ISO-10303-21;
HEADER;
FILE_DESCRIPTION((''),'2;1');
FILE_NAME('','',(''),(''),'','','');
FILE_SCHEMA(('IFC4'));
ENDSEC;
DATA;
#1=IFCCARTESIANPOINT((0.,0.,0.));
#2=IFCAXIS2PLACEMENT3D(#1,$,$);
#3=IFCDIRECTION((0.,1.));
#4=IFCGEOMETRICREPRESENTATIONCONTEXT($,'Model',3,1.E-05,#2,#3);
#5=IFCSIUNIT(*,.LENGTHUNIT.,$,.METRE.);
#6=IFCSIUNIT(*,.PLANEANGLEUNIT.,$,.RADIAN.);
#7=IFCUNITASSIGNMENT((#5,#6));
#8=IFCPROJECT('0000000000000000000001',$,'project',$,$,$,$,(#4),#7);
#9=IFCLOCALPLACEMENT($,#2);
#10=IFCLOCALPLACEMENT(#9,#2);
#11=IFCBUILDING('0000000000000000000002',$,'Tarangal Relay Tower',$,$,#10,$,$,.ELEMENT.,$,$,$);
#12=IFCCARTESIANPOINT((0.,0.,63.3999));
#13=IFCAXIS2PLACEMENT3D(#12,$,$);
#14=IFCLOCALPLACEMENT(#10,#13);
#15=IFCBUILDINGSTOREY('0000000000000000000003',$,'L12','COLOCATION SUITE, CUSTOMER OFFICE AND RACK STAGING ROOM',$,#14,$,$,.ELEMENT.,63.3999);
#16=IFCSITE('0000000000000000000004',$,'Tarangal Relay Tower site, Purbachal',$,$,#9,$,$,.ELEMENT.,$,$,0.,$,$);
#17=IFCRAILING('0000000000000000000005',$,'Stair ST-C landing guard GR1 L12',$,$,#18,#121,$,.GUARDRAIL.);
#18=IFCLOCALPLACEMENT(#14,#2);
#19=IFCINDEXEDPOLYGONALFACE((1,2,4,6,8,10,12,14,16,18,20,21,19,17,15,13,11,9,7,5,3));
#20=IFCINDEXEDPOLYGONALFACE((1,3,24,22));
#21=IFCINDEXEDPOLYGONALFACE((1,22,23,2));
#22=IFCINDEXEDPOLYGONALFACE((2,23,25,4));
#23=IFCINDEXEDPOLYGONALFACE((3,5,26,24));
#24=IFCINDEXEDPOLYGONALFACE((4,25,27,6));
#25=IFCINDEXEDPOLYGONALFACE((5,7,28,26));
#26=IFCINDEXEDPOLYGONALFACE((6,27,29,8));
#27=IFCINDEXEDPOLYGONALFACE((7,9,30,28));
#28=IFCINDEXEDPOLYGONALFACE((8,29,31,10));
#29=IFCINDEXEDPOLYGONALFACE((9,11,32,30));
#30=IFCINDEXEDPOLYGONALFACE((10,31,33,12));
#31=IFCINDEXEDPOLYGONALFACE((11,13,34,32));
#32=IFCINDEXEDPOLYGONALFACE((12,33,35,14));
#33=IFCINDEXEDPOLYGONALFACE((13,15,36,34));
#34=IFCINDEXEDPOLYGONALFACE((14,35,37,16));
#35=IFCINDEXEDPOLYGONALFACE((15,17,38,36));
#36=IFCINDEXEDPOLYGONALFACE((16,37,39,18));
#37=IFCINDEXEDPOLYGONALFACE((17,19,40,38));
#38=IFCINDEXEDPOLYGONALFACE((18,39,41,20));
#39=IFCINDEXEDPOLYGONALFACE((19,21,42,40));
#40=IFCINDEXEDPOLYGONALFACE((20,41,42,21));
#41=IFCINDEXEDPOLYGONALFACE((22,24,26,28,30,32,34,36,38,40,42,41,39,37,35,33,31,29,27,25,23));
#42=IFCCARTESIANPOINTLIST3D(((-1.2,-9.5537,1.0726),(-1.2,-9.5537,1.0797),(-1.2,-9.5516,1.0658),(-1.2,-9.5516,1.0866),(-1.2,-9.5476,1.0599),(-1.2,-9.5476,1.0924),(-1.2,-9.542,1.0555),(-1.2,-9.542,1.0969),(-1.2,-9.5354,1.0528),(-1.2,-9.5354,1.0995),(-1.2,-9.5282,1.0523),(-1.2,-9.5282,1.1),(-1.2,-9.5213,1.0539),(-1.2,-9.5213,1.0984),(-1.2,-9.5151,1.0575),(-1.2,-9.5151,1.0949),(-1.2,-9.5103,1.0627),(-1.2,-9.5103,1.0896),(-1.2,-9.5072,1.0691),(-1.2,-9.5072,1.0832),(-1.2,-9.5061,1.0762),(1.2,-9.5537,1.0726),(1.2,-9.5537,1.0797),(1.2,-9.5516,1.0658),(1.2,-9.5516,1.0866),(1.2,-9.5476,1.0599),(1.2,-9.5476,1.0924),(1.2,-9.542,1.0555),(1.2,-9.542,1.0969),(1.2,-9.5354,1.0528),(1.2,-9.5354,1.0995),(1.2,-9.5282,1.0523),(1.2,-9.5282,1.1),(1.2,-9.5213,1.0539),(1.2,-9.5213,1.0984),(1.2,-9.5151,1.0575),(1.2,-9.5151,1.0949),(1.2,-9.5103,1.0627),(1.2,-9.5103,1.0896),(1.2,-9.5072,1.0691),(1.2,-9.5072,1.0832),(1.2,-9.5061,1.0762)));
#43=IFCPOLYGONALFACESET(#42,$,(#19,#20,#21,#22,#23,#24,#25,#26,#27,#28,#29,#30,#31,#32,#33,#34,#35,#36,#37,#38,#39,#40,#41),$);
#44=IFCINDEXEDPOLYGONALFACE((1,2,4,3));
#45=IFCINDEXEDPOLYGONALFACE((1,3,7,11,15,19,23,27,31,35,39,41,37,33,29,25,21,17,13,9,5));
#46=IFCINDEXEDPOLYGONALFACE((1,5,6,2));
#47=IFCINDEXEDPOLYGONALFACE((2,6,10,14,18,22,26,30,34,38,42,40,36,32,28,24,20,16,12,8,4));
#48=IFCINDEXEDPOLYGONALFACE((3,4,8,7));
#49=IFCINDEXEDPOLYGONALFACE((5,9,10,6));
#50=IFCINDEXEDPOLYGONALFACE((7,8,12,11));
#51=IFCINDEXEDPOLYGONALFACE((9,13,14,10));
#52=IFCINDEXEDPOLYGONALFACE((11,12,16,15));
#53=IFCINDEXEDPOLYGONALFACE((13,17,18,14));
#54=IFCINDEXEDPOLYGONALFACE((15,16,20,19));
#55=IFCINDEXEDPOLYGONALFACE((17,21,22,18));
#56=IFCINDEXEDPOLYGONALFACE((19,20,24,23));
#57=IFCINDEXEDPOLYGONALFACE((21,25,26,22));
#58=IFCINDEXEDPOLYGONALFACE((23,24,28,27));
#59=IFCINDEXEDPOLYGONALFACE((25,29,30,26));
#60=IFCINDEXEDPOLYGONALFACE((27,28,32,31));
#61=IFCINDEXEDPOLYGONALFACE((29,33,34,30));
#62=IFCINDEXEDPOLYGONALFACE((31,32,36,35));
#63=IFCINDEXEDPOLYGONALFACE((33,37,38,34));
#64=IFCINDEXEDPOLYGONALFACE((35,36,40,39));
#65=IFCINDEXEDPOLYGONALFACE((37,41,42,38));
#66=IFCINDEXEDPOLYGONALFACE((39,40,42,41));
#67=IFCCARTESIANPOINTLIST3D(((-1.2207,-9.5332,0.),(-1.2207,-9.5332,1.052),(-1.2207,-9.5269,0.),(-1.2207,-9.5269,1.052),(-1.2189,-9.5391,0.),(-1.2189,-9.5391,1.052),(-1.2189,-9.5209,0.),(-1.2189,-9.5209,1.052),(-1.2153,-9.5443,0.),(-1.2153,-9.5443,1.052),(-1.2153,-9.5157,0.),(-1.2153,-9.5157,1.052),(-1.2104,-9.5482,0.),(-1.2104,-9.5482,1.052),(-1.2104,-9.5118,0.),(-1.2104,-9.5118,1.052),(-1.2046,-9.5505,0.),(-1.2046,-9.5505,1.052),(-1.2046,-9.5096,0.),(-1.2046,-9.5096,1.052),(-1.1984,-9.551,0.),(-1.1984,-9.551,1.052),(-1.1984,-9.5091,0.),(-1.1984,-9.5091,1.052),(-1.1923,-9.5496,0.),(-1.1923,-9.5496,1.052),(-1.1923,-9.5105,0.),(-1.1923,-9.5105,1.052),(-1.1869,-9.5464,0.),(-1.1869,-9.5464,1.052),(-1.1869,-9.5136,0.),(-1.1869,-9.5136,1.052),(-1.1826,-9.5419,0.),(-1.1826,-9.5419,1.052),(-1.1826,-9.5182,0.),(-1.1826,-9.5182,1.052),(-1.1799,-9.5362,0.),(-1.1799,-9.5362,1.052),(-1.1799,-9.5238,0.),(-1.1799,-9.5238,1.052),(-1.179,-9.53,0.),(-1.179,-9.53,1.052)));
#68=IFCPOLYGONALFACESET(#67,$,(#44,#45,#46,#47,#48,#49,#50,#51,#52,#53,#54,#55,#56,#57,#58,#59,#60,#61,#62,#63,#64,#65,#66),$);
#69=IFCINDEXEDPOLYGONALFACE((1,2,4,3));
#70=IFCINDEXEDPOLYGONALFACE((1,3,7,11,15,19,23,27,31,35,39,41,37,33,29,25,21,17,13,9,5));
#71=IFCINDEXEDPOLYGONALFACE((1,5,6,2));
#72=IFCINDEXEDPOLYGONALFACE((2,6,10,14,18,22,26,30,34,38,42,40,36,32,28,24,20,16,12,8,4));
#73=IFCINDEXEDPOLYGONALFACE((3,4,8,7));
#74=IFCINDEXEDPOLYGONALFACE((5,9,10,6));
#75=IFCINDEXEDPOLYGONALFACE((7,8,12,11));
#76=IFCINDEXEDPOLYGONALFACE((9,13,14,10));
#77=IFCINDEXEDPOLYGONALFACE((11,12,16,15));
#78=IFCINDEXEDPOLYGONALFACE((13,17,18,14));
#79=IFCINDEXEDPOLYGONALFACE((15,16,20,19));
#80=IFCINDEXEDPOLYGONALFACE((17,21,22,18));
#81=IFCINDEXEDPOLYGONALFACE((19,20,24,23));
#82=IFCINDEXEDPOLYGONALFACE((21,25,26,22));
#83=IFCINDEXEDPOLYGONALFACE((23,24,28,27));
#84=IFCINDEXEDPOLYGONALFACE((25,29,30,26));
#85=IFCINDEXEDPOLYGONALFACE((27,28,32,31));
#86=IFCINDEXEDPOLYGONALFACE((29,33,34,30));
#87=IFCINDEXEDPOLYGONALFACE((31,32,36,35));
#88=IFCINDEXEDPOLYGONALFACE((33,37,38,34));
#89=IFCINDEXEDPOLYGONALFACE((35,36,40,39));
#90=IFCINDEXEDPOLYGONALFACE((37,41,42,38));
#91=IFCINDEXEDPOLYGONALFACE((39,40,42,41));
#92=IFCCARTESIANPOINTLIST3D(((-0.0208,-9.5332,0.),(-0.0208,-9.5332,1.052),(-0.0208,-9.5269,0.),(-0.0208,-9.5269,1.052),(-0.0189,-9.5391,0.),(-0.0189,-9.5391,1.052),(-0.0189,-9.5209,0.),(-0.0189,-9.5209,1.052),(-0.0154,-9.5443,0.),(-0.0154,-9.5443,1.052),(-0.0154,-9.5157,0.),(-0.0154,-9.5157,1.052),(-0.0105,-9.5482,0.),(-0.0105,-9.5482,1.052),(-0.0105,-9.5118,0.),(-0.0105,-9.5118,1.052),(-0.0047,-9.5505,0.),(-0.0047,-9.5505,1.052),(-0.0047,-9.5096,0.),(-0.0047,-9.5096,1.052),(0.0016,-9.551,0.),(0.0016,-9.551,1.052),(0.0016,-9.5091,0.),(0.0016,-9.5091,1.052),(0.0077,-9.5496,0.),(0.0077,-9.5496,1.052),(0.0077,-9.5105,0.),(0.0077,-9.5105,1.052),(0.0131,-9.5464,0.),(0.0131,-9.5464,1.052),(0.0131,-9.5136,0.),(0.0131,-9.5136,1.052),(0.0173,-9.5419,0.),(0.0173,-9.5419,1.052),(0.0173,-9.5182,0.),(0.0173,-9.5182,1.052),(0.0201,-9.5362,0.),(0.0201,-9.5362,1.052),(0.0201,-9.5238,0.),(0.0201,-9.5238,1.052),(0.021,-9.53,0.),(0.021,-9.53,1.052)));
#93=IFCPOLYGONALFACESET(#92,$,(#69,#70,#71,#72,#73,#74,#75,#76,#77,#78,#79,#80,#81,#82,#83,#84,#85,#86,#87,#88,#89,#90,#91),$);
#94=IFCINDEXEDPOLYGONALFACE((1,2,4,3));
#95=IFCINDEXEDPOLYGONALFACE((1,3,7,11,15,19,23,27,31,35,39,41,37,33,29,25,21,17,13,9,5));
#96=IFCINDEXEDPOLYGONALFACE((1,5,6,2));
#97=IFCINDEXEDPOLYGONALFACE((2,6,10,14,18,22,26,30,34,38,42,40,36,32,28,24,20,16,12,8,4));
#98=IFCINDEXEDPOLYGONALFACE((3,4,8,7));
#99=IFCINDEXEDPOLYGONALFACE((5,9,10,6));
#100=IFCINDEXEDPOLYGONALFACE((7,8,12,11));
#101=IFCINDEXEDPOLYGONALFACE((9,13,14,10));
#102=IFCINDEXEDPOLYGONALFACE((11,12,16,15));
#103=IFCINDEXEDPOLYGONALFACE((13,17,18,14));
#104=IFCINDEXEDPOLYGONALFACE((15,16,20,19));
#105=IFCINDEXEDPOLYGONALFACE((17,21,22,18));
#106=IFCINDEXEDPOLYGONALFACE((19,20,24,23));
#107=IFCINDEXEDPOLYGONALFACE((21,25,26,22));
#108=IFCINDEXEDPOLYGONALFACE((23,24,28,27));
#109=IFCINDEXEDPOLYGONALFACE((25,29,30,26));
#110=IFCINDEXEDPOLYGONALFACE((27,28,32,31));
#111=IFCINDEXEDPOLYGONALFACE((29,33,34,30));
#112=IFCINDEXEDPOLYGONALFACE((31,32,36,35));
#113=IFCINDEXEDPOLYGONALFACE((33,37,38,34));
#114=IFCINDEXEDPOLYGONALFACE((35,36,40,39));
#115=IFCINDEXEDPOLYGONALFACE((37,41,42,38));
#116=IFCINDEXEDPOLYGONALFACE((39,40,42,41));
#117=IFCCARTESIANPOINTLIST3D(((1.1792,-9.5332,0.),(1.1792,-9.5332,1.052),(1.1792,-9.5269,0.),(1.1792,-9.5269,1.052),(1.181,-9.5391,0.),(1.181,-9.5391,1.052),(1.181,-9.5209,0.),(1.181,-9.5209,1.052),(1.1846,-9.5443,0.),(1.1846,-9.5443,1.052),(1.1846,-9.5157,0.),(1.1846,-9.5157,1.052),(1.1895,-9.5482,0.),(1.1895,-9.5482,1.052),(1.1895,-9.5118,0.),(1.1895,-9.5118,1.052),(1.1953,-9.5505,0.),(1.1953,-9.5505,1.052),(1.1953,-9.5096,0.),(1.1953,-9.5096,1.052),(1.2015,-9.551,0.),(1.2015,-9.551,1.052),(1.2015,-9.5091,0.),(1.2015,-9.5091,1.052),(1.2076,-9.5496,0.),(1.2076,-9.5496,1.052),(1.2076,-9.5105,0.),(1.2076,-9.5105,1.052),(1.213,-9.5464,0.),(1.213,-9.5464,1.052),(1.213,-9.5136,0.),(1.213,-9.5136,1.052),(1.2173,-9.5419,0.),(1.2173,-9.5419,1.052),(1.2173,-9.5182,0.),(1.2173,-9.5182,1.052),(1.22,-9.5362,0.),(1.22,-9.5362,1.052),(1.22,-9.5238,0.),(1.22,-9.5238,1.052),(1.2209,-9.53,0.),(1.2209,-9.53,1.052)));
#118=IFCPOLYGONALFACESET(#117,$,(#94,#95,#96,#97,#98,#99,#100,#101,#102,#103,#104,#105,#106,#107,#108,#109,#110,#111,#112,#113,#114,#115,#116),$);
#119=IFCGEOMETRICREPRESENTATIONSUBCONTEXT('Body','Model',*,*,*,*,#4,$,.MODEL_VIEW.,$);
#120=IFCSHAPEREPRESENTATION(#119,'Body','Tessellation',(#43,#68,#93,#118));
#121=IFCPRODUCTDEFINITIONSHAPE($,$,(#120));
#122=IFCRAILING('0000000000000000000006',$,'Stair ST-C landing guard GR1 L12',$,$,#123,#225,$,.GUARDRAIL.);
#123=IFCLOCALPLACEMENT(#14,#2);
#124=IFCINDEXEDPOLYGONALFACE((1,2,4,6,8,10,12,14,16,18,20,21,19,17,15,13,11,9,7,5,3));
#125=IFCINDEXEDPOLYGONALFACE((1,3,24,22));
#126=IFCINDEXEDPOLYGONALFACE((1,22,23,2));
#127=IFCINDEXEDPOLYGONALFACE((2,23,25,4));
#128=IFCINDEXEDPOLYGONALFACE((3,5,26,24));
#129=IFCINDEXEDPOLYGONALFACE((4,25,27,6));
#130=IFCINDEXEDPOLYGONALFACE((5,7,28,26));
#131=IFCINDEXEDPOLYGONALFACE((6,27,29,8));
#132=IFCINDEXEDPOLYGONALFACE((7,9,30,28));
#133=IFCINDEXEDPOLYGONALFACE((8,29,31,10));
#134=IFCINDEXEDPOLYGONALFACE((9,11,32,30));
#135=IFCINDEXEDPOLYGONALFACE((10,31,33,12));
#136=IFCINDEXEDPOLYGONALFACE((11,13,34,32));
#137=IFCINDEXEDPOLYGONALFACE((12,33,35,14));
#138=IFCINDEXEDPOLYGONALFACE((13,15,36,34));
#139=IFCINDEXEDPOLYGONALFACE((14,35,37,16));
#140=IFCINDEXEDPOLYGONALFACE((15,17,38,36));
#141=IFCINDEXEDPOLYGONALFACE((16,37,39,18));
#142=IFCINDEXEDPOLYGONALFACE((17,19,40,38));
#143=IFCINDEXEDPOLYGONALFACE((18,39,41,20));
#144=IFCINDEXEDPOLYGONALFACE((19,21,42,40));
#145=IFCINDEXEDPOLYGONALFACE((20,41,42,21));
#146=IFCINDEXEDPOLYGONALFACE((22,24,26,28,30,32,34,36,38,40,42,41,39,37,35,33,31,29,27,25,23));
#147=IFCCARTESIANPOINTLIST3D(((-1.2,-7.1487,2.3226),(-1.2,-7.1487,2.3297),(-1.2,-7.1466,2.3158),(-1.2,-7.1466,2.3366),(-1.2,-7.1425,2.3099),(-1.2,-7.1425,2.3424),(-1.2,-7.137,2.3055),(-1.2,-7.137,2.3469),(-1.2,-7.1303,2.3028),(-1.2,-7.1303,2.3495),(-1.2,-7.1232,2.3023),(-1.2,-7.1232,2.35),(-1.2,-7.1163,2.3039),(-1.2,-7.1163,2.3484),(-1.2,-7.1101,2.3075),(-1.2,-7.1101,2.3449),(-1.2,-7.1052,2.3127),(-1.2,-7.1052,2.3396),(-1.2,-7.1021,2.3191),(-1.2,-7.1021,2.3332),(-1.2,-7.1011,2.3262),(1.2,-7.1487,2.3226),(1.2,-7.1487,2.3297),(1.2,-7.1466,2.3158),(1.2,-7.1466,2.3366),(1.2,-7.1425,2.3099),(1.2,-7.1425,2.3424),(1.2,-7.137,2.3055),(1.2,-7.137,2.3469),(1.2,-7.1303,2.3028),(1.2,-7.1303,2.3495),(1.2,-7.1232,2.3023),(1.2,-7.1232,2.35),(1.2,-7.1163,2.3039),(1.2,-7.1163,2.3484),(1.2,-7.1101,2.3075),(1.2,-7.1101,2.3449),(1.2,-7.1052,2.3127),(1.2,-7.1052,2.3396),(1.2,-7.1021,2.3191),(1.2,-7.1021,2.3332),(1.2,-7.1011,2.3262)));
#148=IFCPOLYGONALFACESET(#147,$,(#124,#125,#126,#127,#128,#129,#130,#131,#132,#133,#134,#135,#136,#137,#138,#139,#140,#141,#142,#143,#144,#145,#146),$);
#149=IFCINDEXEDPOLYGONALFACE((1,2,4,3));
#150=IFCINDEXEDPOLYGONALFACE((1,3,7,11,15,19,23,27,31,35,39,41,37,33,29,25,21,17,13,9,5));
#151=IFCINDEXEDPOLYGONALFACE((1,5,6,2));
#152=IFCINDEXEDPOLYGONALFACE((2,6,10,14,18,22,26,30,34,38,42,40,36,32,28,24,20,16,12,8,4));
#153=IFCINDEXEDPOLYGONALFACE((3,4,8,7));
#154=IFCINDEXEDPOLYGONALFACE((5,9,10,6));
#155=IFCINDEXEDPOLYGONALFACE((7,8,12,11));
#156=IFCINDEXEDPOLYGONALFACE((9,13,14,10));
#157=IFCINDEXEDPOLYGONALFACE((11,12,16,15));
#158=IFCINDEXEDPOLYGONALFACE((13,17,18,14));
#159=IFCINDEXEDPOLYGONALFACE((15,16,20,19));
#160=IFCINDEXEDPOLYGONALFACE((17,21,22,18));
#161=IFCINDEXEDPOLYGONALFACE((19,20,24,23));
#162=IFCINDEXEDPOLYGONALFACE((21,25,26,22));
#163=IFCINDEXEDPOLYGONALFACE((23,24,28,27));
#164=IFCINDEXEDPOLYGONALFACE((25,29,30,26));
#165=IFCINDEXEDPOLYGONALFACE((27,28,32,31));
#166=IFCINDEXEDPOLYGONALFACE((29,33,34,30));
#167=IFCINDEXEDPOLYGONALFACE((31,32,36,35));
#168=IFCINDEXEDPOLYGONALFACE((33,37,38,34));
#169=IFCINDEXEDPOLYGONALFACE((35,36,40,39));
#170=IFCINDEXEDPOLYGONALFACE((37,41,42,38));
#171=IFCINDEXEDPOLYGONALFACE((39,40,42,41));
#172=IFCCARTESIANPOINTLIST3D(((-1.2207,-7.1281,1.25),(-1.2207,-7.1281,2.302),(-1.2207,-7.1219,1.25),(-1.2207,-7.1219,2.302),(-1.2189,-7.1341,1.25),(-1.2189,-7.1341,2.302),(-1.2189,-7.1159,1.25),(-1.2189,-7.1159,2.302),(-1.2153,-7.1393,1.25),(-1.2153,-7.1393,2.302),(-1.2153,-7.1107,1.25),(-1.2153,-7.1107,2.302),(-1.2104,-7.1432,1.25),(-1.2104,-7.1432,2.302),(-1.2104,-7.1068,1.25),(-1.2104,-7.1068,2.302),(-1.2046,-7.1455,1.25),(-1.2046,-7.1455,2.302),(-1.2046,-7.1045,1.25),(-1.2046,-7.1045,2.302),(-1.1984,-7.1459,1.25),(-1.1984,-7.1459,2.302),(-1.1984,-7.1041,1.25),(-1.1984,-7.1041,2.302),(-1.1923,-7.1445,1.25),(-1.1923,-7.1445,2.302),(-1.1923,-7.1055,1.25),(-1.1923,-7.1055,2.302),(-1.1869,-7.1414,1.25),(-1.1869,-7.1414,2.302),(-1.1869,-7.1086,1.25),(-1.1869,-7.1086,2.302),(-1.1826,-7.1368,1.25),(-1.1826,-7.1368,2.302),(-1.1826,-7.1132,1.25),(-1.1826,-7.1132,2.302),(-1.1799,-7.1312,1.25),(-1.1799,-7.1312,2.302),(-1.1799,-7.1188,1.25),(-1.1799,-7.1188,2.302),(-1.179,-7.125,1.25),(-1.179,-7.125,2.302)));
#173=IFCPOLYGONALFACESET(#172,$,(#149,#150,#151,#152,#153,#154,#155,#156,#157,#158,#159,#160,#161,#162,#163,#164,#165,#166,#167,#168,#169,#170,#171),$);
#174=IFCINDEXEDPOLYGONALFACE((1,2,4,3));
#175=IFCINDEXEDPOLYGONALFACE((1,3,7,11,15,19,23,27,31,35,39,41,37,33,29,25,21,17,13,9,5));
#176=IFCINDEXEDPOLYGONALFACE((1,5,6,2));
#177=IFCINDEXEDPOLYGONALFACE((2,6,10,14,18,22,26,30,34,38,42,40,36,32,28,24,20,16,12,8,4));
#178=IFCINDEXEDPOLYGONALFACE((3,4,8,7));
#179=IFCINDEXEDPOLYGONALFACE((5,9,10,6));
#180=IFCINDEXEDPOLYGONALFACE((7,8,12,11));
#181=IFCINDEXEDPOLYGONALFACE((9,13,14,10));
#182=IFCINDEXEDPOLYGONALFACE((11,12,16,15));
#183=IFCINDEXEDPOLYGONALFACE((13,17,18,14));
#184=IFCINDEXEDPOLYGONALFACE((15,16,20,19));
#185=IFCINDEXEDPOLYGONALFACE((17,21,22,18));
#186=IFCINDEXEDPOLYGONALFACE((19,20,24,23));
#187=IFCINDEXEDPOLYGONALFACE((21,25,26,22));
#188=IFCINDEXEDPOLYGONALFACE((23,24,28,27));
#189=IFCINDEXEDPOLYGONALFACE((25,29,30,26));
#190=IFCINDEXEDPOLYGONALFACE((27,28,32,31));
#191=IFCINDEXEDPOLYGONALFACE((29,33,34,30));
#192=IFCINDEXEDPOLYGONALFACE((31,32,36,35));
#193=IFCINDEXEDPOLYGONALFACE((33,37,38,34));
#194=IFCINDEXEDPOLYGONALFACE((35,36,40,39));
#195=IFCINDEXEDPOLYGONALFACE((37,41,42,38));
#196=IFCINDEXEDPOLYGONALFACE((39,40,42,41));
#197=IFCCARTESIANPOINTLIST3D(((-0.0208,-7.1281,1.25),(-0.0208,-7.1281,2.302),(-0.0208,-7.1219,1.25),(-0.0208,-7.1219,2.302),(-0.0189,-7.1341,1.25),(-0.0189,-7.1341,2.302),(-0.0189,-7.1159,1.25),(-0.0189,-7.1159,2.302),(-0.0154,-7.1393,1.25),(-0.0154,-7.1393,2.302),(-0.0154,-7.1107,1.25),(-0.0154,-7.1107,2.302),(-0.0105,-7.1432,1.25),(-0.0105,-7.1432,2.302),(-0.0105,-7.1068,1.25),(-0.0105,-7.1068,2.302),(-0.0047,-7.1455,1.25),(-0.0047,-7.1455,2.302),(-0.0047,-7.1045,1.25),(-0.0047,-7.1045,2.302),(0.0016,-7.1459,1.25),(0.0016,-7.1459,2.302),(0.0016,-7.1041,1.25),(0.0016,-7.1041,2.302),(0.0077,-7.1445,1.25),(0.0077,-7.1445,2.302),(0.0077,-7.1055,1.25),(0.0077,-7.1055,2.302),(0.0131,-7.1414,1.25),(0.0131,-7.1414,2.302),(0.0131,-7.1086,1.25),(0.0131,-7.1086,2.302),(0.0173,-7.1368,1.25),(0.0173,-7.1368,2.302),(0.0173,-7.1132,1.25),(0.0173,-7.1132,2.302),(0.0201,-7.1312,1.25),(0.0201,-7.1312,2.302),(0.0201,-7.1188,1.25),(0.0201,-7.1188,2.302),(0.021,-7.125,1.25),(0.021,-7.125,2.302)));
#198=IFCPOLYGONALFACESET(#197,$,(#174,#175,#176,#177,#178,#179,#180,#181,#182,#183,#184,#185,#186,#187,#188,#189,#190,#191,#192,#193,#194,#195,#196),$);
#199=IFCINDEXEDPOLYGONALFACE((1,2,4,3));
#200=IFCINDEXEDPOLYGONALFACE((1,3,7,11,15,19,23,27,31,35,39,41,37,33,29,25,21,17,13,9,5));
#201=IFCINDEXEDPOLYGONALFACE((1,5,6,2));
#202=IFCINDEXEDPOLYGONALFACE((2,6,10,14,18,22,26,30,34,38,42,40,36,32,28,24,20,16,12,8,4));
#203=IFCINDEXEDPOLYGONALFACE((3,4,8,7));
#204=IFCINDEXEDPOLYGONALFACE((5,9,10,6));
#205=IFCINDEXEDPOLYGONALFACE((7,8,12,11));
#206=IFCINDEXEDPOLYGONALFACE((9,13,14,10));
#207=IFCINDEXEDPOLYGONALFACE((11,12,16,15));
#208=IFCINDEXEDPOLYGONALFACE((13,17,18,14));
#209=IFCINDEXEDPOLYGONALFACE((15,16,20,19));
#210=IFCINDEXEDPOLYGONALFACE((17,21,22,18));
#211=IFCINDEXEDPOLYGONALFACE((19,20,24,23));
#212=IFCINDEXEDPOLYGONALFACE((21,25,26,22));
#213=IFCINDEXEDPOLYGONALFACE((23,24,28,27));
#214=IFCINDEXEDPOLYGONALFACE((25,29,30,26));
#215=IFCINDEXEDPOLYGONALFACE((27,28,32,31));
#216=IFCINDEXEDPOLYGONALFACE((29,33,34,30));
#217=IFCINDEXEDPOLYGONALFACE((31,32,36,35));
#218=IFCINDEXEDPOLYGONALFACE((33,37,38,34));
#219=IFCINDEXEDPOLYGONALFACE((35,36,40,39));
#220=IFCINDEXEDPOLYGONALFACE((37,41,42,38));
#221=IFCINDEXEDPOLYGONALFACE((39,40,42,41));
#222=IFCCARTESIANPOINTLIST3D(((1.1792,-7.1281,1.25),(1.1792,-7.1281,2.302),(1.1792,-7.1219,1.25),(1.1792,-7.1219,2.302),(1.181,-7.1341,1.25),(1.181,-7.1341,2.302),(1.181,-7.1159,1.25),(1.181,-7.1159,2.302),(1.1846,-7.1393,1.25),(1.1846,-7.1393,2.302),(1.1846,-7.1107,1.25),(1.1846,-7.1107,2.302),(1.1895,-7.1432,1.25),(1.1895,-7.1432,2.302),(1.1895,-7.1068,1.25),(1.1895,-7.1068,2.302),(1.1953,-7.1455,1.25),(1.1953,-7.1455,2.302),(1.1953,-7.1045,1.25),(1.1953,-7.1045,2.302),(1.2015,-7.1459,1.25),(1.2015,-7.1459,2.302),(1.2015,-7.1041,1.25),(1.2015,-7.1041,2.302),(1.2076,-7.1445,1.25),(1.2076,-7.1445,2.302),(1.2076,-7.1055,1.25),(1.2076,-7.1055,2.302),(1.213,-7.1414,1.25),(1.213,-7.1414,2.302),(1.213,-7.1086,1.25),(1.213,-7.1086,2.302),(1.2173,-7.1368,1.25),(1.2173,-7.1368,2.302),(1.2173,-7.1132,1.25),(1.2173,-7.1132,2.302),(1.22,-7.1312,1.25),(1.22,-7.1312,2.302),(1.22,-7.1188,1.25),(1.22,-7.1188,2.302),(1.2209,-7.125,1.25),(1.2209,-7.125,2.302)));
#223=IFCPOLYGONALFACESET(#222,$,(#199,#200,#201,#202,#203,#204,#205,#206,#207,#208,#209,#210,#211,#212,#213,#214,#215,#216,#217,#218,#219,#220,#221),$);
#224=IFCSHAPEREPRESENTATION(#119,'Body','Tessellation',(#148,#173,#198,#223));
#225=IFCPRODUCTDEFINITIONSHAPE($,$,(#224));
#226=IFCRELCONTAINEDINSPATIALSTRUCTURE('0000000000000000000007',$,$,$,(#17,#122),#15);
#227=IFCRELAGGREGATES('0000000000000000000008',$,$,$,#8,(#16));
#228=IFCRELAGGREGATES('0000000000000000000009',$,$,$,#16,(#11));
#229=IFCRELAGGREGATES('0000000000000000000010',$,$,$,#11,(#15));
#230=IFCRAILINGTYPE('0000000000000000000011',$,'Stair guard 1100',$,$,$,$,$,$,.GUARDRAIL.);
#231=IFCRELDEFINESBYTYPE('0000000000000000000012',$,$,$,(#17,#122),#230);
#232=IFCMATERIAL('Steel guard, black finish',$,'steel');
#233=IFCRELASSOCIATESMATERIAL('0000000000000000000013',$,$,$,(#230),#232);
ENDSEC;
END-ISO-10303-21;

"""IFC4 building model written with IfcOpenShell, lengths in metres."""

from ifc_helpers import new_model, si_unit, direction, frame, origin, origin_2d, place, context, subcontext, project, spatial, circle, extrude, material, type_object, element, save


model = new_model("IFC4")

# Units and contexts
model_context = context("Model", 3, precision=1e-05, world=origin(), true_north=direction((0.0, 1.0)))
body_context = subcontext(model_context, "Body", "Model", "MODEL_VIEW")
ifc_project = project(units=[si_unit("LENGTHUNIT", "METRE"), si_unit("PLANEANGLEUNIT", "RADIAN")], contexts=[model_context])

# Site, building, storey
site_placement = place(None, origin())
site = spatial("IfcSite", under=ifc_project, at=site_placement, Name="Tarangal Relay Tower site, Purbachal", CompositionType="ELEMENT", RefElevation=0.0)
building_placement = place(site_placement, origin())
building = spatial("IfcBuilding", under=site, at=building_placement, Name="Tarangal Relay Tower", CompositionType="ELEMENT")
storey_placement = place(building_placement, frame((0.0, 0.0, 63.3999)))
storey = spatial("IfcBuildingStorey", under=building, at=storey_placement, Name="L12", Description="COLOCATION SUITE, CUSTOMER OFFICE AND RACK STAGING ROOM", CompositionType="ELEMENT", Elevation=63.3999)

# Railings
ifc_material_1 = material(Name="Steel guard, black finish", Category="steel")
railing_type_1 = type_object("IfcRailingType", Name="Stair guard 1100", PredefinedType="GUARDRAIL", material=ifc_material_1)
for number, where, name in (
    (1, (-1.2, -9.53, 0.0), "Stair ST-C landing guard GR1 L12"),
    (2, (-1.2, -7.125, 1.25), "Stair ST-C landing guard GR1 L12"),
):
    element("IfcRailing", number, at=place(storey_placement, frame(where)), inside=storey, type_object=railing_type_1, Name=name, PredefinedType="GUARDRAIL", context=body_context, shape_type="SweptSolid", body=[
        extrude(circle(Radius=0.0239, at=origin_2d()), frame((0.0, 0.0, 1.0762), z_axis=(1.0, 0.0, 0.0), x_axis=(0.0, 1.0, 0.0)), (0.0, 0.0, 1.0), 2.3999),
        extrude(circle(Radius=0.021, at=origin_2d()), origin(), (0.0, 0.0, 1.0), 1.052),
        extrude(circle(Radius=0.021, at=origin_2d()), frame((1.2, 0.0, 0.0)), (0.0, 0.0, 1.0), 1.052),
        extrude(circle(Radius=0.021, at=origin_2d()), frame((2.3999, 0.0, 0.0)), (0.0, 0.0, 1.0), 1.052),
    ])

save(model, "model.ifc")
